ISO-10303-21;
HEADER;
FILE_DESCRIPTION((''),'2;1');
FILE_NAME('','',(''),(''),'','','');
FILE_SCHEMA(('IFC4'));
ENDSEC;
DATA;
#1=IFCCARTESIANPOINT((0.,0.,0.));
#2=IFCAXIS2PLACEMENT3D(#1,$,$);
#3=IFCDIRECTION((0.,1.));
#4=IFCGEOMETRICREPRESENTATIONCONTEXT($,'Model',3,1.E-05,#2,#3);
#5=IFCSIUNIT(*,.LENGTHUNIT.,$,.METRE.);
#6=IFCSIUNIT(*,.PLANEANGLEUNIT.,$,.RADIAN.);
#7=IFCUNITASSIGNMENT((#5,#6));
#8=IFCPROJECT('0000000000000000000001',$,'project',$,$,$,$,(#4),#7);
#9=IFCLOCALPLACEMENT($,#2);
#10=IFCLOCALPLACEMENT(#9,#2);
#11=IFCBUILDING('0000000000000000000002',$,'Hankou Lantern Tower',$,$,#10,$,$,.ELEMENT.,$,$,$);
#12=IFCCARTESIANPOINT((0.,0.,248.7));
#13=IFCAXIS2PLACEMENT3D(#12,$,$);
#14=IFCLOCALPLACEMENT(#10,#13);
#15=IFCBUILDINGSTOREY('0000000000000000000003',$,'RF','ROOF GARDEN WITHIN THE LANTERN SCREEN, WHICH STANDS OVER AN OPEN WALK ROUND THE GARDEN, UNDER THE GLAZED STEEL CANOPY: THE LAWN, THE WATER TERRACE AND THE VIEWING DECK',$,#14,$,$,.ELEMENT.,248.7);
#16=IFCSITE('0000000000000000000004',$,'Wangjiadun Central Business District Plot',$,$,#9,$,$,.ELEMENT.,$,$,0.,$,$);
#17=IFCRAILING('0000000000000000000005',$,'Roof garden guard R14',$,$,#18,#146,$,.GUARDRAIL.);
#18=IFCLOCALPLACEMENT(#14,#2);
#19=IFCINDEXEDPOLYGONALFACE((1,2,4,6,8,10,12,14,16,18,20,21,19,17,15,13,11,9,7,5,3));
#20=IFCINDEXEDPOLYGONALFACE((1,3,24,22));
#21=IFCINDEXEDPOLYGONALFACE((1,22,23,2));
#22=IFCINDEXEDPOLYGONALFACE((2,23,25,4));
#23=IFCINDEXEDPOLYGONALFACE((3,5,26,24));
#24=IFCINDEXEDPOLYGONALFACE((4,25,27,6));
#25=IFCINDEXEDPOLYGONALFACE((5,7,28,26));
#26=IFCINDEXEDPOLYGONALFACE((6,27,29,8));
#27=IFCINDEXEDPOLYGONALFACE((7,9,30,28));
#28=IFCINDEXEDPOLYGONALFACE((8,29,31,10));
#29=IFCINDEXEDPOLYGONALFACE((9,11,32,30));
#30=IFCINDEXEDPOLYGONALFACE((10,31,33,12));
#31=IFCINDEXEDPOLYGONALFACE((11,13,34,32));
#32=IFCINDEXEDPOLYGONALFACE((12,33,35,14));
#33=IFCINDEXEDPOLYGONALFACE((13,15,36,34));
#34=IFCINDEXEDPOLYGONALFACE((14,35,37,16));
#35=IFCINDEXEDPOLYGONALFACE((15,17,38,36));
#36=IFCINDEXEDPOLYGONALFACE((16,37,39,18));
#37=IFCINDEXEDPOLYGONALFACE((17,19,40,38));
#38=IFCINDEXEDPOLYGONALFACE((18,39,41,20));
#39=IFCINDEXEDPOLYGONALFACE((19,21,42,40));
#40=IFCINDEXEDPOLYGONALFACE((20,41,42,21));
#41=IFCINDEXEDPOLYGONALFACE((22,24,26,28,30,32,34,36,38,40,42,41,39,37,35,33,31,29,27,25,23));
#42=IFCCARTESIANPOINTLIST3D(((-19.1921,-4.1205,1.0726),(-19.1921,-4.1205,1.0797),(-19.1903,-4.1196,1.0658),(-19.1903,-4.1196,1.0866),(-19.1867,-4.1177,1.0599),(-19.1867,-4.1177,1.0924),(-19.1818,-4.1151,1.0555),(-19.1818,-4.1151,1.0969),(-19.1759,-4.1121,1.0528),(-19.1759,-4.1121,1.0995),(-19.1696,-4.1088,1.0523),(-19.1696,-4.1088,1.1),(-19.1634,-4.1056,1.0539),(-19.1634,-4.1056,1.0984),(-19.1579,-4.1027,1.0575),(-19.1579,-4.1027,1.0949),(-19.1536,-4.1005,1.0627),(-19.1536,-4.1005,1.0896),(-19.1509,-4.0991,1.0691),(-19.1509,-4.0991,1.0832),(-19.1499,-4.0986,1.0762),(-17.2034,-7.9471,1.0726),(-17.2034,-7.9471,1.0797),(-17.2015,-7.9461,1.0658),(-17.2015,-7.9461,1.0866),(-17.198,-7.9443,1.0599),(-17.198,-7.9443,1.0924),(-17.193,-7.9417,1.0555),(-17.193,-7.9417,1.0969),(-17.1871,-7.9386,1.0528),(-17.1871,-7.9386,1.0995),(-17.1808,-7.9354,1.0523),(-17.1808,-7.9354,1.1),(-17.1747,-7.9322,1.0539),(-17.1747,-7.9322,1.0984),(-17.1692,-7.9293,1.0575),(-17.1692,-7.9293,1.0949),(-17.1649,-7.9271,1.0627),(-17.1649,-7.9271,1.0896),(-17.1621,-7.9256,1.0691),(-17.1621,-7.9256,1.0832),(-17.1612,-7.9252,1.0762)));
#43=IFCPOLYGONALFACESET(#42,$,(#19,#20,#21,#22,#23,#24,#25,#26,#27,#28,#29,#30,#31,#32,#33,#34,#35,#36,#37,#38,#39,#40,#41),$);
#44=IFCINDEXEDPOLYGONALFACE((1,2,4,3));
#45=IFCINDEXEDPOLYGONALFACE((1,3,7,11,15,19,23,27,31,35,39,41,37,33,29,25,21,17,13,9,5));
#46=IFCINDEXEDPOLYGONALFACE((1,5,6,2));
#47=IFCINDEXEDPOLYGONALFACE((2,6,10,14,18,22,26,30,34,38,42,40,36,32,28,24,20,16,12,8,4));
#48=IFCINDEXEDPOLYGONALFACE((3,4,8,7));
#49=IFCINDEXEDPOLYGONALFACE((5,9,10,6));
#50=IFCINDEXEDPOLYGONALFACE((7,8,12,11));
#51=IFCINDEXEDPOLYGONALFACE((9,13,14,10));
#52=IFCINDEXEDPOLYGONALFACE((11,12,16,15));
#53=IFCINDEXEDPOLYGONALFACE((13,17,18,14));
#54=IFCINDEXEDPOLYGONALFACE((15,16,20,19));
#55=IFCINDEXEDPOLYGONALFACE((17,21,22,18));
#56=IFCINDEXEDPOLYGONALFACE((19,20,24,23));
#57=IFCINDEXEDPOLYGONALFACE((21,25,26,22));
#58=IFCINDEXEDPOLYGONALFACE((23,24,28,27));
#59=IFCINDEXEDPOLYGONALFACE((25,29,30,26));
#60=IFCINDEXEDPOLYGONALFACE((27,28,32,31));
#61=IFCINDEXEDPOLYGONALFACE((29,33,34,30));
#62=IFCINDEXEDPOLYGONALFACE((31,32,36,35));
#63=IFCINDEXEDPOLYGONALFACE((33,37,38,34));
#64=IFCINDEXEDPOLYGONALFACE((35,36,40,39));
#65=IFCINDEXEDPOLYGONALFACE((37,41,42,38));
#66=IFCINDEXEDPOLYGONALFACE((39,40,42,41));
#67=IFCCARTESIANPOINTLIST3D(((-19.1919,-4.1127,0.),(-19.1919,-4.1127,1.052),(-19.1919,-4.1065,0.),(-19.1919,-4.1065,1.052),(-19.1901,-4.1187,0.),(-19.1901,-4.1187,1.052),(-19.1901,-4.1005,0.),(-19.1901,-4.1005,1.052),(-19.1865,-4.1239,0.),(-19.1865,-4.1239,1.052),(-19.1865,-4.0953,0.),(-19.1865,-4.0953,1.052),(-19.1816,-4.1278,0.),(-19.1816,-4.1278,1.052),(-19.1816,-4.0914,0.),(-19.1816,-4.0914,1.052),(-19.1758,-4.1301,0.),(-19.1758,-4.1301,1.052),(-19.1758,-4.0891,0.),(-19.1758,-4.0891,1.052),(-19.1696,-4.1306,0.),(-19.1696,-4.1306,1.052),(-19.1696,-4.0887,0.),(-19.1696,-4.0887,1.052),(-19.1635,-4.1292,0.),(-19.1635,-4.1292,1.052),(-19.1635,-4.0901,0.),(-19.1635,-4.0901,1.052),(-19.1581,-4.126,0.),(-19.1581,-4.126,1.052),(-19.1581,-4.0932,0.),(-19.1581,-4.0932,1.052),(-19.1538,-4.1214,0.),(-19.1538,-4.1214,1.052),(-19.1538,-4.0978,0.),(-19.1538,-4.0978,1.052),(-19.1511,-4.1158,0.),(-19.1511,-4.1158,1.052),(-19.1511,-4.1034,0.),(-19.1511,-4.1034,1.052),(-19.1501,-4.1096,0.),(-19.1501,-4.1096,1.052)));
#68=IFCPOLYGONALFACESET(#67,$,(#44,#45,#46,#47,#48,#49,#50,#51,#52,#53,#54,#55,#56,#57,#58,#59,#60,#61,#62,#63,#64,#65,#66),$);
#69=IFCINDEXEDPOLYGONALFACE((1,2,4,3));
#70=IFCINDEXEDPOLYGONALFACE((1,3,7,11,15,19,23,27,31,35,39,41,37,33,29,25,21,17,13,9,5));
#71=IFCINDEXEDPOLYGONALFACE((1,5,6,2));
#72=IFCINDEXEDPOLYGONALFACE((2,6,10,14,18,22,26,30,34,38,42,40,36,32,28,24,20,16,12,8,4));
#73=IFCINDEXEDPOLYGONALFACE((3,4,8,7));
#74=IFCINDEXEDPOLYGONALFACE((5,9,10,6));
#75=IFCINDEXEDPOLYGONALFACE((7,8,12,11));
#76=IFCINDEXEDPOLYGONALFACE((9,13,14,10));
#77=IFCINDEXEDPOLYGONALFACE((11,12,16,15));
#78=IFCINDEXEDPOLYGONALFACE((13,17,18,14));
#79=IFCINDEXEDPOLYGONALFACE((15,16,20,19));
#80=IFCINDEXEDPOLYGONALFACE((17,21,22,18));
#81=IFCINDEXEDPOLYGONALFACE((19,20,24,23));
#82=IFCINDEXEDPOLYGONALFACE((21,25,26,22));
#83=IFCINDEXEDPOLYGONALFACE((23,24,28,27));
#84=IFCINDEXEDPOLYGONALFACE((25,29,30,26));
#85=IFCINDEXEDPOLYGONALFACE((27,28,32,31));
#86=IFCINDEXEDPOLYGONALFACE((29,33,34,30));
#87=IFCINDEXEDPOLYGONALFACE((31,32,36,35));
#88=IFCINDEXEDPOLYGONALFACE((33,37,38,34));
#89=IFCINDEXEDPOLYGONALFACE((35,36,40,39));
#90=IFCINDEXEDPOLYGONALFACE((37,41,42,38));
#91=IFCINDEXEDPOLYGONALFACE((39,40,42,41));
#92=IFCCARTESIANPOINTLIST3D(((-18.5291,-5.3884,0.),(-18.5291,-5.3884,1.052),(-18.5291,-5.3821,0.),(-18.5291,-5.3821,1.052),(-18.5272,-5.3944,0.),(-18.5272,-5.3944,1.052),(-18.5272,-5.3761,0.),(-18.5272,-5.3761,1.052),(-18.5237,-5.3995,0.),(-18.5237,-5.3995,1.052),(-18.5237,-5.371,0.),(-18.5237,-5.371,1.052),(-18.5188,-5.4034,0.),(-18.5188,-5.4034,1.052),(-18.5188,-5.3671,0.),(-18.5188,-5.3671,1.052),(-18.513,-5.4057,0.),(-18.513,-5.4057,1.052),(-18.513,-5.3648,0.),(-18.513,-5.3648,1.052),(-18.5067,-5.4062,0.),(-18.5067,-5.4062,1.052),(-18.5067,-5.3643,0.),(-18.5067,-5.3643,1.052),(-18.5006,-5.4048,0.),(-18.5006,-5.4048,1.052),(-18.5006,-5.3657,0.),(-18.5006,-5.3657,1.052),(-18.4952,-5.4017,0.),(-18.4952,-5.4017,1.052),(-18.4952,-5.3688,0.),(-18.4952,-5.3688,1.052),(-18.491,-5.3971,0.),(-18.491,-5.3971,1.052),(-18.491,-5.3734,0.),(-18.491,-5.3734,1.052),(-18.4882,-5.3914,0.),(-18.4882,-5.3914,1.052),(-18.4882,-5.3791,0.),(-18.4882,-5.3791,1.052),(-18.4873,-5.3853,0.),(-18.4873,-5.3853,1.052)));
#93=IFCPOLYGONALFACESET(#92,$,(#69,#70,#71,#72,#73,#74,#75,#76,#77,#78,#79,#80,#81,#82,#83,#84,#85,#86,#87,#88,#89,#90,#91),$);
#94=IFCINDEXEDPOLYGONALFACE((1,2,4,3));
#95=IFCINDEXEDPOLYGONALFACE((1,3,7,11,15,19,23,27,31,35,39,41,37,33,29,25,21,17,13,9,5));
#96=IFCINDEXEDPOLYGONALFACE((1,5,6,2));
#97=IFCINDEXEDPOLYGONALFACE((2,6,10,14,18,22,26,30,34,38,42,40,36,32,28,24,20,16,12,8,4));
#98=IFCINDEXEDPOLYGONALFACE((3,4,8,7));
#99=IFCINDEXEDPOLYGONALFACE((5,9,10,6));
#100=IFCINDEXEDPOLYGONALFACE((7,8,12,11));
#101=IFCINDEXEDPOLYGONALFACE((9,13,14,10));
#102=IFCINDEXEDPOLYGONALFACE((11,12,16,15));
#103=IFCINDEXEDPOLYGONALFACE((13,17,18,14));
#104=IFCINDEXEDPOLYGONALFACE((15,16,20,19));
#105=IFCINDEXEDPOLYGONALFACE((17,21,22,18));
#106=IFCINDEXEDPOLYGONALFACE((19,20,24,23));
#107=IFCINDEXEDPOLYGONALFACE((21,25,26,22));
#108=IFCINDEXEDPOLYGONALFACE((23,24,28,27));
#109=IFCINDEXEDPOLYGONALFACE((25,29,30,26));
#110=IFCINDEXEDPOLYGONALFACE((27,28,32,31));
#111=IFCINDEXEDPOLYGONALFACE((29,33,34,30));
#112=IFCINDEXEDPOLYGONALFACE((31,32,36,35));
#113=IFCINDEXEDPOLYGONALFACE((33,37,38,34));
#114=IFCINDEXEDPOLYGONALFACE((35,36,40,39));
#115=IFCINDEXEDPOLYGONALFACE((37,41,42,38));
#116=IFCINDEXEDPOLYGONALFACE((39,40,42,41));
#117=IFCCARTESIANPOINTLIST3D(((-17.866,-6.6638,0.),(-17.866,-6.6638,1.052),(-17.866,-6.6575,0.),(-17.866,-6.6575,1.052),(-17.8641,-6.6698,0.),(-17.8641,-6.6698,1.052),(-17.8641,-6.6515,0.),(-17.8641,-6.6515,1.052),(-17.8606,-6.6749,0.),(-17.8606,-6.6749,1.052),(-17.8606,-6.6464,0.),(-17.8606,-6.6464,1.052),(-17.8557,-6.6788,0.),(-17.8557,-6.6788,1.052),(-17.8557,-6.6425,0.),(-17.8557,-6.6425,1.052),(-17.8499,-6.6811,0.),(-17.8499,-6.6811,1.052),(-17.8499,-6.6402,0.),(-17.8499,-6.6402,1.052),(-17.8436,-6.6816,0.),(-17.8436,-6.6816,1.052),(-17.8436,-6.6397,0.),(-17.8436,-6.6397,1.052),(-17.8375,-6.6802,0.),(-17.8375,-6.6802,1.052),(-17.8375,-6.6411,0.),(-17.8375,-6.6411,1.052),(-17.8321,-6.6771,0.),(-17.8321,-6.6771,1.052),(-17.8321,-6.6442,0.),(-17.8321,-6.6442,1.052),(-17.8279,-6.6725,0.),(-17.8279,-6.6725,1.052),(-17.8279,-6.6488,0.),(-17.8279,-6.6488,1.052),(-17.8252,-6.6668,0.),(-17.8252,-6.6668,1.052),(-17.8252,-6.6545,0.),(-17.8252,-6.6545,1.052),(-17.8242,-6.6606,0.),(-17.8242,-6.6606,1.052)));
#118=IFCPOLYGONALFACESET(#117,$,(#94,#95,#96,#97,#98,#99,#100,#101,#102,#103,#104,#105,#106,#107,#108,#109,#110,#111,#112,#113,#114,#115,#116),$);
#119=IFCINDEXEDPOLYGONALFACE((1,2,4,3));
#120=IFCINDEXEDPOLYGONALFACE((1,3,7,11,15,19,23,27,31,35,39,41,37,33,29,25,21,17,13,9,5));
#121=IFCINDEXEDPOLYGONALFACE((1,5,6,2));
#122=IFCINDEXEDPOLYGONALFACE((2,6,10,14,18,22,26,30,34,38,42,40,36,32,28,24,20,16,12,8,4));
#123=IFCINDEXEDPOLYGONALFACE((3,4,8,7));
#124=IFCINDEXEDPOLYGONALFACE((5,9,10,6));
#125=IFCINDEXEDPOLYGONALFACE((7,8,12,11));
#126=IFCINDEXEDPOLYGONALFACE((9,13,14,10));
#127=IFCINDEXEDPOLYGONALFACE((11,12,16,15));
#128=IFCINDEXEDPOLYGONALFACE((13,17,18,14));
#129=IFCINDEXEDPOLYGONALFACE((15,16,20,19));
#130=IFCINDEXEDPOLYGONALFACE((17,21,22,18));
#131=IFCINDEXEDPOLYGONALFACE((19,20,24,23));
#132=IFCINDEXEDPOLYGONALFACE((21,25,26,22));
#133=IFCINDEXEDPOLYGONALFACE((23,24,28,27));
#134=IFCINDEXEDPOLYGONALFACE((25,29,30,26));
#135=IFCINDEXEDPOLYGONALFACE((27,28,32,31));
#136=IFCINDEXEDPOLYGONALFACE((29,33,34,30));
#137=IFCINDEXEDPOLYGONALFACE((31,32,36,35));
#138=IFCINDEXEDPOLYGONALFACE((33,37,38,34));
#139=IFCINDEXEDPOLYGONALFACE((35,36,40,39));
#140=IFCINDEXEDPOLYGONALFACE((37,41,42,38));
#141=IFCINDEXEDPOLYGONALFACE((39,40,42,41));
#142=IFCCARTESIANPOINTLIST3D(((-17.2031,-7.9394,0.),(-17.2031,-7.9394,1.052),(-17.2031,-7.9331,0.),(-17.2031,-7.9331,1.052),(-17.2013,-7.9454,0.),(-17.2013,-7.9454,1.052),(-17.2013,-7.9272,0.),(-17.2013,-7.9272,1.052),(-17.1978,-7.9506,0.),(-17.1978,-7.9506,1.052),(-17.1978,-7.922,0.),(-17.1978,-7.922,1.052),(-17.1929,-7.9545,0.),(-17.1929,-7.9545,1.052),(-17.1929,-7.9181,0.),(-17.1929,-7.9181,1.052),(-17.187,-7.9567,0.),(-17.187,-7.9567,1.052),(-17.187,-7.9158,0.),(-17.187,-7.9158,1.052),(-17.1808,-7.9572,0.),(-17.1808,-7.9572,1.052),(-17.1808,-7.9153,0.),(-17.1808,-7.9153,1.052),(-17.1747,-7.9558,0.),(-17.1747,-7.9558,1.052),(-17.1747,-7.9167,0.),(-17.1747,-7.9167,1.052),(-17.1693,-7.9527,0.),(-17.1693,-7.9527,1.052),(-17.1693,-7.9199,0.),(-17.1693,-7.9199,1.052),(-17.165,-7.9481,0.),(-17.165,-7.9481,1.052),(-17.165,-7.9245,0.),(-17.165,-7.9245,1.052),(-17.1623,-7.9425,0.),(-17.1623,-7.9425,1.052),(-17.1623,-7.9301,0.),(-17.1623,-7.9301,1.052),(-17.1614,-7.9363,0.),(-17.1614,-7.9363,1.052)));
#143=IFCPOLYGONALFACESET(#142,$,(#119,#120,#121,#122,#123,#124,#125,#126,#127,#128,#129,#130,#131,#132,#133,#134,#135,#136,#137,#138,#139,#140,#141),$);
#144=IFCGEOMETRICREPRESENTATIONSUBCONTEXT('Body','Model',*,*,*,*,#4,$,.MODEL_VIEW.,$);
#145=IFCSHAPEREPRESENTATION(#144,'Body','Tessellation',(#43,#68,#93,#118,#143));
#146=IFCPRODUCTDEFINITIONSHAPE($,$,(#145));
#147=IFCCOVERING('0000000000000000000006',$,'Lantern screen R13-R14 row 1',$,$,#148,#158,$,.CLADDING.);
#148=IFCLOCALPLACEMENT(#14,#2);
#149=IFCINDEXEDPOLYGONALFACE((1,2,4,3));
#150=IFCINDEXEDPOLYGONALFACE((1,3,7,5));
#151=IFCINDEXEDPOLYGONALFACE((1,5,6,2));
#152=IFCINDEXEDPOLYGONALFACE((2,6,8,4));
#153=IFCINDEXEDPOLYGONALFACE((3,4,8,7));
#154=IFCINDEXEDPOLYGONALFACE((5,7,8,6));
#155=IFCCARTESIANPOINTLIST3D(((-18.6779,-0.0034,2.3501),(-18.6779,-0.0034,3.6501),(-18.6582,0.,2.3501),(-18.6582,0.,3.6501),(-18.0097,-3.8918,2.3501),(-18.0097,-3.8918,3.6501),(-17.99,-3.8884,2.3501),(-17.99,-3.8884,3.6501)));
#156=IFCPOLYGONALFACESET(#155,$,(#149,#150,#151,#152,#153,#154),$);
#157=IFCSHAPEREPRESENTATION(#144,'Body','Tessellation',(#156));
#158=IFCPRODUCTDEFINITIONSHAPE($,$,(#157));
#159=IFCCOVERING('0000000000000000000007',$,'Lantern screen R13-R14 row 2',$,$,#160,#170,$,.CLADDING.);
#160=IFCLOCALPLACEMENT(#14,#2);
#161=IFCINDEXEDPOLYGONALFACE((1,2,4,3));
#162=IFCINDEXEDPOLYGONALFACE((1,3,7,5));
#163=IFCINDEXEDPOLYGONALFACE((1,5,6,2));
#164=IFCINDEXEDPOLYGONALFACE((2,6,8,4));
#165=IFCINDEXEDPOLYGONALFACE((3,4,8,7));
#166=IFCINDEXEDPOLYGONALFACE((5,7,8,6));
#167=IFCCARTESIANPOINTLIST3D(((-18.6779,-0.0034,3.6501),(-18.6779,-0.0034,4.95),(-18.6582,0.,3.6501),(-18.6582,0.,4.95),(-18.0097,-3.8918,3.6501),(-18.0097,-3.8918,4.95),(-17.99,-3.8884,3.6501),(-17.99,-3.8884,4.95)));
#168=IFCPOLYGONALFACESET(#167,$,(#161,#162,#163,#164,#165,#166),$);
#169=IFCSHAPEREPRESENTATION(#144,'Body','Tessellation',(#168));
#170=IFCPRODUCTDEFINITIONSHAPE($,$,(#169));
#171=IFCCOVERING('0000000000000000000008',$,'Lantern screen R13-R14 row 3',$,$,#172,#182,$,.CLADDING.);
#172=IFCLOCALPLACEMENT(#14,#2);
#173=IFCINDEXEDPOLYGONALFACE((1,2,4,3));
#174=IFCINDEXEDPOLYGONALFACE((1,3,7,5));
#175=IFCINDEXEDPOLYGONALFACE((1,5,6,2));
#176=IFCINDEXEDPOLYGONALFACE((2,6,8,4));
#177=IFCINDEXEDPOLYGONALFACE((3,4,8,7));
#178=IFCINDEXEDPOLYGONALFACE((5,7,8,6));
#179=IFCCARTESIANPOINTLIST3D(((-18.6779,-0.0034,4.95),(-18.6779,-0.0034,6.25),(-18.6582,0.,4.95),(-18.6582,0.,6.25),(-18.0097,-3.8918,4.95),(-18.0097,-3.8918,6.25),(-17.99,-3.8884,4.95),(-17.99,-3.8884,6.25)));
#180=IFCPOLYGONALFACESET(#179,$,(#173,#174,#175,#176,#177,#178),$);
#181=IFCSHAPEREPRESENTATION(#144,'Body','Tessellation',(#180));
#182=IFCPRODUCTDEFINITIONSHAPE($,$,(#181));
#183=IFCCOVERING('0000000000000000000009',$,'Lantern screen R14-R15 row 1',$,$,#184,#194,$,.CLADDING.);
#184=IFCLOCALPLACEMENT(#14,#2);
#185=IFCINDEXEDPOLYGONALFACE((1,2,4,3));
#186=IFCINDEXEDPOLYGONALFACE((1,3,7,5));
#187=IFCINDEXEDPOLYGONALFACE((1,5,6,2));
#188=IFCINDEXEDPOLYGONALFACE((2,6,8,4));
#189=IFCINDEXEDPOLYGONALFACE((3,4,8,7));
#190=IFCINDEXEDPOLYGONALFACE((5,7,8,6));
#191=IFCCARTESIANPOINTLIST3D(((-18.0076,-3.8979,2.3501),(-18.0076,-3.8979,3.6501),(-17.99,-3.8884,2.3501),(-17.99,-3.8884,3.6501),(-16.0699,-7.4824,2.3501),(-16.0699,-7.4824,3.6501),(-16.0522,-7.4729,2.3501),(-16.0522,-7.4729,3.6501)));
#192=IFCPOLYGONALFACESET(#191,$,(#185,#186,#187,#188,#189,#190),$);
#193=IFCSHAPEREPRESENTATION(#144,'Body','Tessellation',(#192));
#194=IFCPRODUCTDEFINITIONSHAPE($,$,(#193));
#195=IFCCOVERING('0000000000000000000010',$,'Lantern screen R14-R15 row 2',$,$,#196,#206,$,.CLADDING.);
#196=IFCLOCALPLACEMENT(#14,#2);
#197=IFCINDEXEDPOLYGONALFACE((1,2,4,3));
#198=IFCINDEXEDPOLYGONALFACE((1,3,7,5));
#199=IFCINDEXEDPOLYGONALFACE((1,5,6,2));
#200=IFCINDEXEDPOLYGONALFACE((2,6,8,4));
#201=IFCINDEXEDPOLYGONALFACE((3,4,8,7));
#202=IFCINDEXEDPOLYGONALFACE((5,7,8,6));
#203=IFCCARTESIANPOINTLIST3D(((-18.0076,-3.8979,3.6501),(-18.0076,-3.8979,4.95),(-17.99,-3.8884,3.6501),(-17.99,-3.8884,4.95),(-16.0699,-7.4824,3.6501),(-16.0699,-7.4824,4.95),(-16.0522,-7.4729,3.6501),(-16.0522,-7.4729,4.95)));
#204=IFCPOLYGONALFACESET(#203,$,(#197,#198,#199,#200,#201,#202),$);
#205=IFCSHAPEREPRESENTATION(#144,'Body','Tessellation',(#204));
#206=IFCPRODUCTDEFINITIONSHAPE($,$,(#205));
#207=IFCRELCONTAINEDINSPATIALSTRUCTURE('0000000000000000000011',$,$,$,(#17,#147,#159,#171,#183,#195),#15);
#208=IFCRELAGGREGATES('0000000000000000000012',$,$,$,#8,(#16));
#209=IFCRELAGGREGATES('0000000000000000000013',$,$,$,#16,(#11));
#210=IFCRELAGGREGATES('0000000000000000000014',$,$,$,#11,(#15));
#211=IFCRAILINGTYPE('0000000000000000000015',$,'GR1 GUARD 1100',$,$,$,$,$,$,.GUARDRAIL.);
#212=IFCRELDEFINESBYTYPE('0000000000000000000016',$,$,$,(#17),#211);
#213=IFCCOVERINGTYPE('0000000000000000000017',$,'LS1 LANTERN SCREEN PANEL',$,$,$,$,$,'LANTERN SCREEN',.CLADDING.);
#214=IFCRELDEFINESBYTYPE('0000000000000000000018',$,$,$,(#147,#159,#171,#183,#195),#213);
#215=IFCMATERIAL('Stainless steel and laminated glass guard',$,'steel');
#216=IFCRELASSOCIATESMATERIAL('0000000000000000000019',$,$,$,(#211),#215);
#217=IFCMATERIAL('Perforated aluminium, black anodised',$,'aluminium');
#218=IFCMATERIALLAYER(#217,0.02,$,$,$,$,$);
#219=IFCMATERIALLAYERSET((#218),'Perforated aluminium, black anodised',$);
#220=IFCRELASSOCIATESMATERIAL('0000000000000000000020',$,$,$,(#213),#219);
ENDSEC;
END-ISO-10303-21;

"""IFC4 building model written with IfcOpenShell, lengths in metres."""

from ifc_helpers import new_model, si_unit, direction, frame, origin, origin_2d, place, context, subcontext, project, spatial, polyline, circle, outline, extrude, material, layer, layer_set, type_object, element, save


model = new_model("IFC4")

# Units and contexts
model_context = context("Model", 3, precision=1e-05, world=origin(), true_north=direction((0.0, 1.0)))
body_context = subcontext(model_context, "Body", "Model", "MODEL_VIEW")
ifc_project = project(units=[si_unit("LENGTHUNIT", "METRE"), si_unit("PLANEANGLEUNIT", "RADIAN")], contexts=[model_context])

# Site, building, storey
site_placement = place(None, origin())
site = spatial("IfcSite", under=ifc_project, at=site_placement, Name="Wangjiadun Central Business District Plot", CompositionType="ELEMENT", RefElevation=0.0)
building_placement = place(site_placement, origin())
building = spatial("IfcBuilding", under=site, at=building_placement, Name="Hankou Lantern Tower", CompositionType="ELEMENT")
storey_placement = place(building_placement, frame((0.0, 0.0, 248.7)))
storey = spatial("IfcBuildingStorey", under=building, at=storey_placement, Name="RF", Description="ROOF GARDEN WITHIN THE LANTERN SCREEN, WHICH STANDS OVER AN OPEN WALK ROUND THE GARDEN, UNDER THE GLAZED STEEL CANOPY: THE LAWN, THE WATER TERRACE AND THE VIEWING DECK", CompositionType="ELEMENT", Elevation=248.7)

# Railing
ifc_material_1 = material(Name="Stainless steel and laminated glass guard", Category="steel")
railing_type = type_object("IfcRailingType", Name="GR1 GUARD 1100", PredefinedType="GUARDRAIL", material=ifc_material_1)
railing_1_placement = place(storey_placement, frame((-19.1711, -4.1096, 0.0)))
element("IfcRailing", 1, at=railing_1_placement, inside=storey, type_object=railing_type, Name="Roof garden guard R14", PredefinedType="GUARDRAIL", context=body_context, shape_type="SweptSolid", body=[
    extrude(circle(Radius=0.0239, at=origin_2d()), frame((0.0, 0.0, 1.0762), z_axis=(0.461153, -0.887321, 0.0), x_axis=(0.887321, 0.461153, 0.0)), (0.0, 0.0, 1.0), 4.3125),
    extrude(circle(Radius=0.021, at=origin_2d()), origin(), (0.0, 0.0, 1.0), 1.052),
    extrude(circle(Radius=0.021, at=origin_2d()), frame((0.6628, -1.2756, 0.0)), (0.0, 0.0, 1.0), 1.052),
    extrude(circle(Radius=0.021, at=origin_2d()), frame((1.3259, -2.551, 0.0)), (0.0, 0.0, 1.0), 1.052),
    extrude(circle(Radius=0.021, at=origin_2d()), frame((1.9888, -3.8267, 0.0)), (0.0, 0.0, 1.0), 1.052),
])

# Coverings
ifc_material_2 = material(Name="Perforated aluminium, black anodised", Category="aluminium")
ifc_layer_1 = layer(ifc_material_2, 0.02)
ifc_layer_set_1 = layer_set([ifc_layer_1], Name="Perforated aluminium, black anodised")
covering_type = type_object("IfcCoveringType", Name="LS1 LANTERN SCREEN PANEL", ElementType="LANTERN SCREEN", PredefinedType="CLADDING", material=ifc_layer_set_1)
covering_1_placement = place(storey_placement, frame((-18.6582, 0.0, 2.3501), z_axis=(0.985554, 0.169364, 0.0), x_axis=(0.169364, -0.985554, 0.0)))
element("IfcCovering", 2, at=covering_1_placement, inside=storey, type_object=covering_type, Name="Lantern screen R13-R14 row 1", PredefinedType="CLADDING", context=body_context, shape_type="SweptSolid", body=[
    extrude(outline(polyline([(0.0, 0.0), (3.9454, 0.0), (3.9454, -1.3), (0.0, -1.3), (0.0, 0.0)])), origin(), (0.0, 0.0, -1.0), 0.02),
])
covering_2_placement = place(storey_placement, frame((-18.6582, 0.0, 3.6501), z_axis=(0.985554, 0.169364, 0.0), x_axis=(0.169364, -0.985554, 0.0)))
element("IfcCovering", 3, at=covering_2_placement, inside=storey, type_object=covering_type, Name="Lantern screen R13-R14 row 2", PredefinedType="CLADDING", context=body_context, shape_type="SweptSolid", body=[
    extrude(outline(polyline([(0.0, 0.0), (3.9454, 0.0), (3.9454, -1.2998), (0.0, -1.2998), (0.0, 0.0)])), origin(), (0.0, 0.0, -1.0), 0.02),
])
covering_3_placement = place(storey_placement, frame((-18.6582, 0.0, 4.95), z_axis=(0.985554, 0.169364, 0.0), x_axis=(0.169364, -0.985554, 0.0)))
element("IfcCovering", 4, at=covering_3_placement, inside=storey, type_object=covering_type, Name="Lantern screen R13-R14 row 3", PredefinedType="CLADDING", context=body_context, shape_type="SweptSolid", body=[
    extrude(outline(polyline([(0.0, 0.0), (3.9454, 0.0), (3.9454, -1.3), (0.0, -1.3), (0.0, 0.0)])), origin(), (0.0, 0.0, -1.0), 0.02),
])
covering_4_placement = place(storey_placement, frame((-17.99, -3.8884, 2.3501), z_axis=(0.879687, 0.475553, 0.0), x_axis=(0.475553, -0.879687, 0.0)))
element("IfcCovering", 5, at=covering_4_placement, inside=storey, type_object=covering_type, Name="Lantern screen R14-R15 row 1", PredefinedType="CLADDING", context=body_context, shape_type="SweptSolid", body=[
    extrude(outline(polyline([(0.0, 0.0), (4.0747, 0.0), (4.0747, -1.3), (0.0, -1.3), (0.0, 0.0)])), origin(), (0.0, 0.0, -1.0), 0.02),
])
covering_5_placement = place(storey_placement, frame((-17.99, -3.8884, 3.6501), z_axis=(0.879687, 0.475553, 0.0), x_axis=(0.475553, -0.879687, 0.0)))
element("IfcCovering", 6, at=covering_5_placement, inside=storey, type_object=covering_type, Name="Lantern screen R14-R15 row 2", PredefinedType="CLADDING", context=body_context, shape_type="SweptSolid", body=[
    extrude(outline(polyline([(0.0, 0.0), (4.0747, 0.0), (4.0747, -1.2998), (0.0, -1.2998), (0.0, 0.0)])), origin(), (0.0, 0.0, -1.0), 0.02),
])

save(model, "model.ifc")
